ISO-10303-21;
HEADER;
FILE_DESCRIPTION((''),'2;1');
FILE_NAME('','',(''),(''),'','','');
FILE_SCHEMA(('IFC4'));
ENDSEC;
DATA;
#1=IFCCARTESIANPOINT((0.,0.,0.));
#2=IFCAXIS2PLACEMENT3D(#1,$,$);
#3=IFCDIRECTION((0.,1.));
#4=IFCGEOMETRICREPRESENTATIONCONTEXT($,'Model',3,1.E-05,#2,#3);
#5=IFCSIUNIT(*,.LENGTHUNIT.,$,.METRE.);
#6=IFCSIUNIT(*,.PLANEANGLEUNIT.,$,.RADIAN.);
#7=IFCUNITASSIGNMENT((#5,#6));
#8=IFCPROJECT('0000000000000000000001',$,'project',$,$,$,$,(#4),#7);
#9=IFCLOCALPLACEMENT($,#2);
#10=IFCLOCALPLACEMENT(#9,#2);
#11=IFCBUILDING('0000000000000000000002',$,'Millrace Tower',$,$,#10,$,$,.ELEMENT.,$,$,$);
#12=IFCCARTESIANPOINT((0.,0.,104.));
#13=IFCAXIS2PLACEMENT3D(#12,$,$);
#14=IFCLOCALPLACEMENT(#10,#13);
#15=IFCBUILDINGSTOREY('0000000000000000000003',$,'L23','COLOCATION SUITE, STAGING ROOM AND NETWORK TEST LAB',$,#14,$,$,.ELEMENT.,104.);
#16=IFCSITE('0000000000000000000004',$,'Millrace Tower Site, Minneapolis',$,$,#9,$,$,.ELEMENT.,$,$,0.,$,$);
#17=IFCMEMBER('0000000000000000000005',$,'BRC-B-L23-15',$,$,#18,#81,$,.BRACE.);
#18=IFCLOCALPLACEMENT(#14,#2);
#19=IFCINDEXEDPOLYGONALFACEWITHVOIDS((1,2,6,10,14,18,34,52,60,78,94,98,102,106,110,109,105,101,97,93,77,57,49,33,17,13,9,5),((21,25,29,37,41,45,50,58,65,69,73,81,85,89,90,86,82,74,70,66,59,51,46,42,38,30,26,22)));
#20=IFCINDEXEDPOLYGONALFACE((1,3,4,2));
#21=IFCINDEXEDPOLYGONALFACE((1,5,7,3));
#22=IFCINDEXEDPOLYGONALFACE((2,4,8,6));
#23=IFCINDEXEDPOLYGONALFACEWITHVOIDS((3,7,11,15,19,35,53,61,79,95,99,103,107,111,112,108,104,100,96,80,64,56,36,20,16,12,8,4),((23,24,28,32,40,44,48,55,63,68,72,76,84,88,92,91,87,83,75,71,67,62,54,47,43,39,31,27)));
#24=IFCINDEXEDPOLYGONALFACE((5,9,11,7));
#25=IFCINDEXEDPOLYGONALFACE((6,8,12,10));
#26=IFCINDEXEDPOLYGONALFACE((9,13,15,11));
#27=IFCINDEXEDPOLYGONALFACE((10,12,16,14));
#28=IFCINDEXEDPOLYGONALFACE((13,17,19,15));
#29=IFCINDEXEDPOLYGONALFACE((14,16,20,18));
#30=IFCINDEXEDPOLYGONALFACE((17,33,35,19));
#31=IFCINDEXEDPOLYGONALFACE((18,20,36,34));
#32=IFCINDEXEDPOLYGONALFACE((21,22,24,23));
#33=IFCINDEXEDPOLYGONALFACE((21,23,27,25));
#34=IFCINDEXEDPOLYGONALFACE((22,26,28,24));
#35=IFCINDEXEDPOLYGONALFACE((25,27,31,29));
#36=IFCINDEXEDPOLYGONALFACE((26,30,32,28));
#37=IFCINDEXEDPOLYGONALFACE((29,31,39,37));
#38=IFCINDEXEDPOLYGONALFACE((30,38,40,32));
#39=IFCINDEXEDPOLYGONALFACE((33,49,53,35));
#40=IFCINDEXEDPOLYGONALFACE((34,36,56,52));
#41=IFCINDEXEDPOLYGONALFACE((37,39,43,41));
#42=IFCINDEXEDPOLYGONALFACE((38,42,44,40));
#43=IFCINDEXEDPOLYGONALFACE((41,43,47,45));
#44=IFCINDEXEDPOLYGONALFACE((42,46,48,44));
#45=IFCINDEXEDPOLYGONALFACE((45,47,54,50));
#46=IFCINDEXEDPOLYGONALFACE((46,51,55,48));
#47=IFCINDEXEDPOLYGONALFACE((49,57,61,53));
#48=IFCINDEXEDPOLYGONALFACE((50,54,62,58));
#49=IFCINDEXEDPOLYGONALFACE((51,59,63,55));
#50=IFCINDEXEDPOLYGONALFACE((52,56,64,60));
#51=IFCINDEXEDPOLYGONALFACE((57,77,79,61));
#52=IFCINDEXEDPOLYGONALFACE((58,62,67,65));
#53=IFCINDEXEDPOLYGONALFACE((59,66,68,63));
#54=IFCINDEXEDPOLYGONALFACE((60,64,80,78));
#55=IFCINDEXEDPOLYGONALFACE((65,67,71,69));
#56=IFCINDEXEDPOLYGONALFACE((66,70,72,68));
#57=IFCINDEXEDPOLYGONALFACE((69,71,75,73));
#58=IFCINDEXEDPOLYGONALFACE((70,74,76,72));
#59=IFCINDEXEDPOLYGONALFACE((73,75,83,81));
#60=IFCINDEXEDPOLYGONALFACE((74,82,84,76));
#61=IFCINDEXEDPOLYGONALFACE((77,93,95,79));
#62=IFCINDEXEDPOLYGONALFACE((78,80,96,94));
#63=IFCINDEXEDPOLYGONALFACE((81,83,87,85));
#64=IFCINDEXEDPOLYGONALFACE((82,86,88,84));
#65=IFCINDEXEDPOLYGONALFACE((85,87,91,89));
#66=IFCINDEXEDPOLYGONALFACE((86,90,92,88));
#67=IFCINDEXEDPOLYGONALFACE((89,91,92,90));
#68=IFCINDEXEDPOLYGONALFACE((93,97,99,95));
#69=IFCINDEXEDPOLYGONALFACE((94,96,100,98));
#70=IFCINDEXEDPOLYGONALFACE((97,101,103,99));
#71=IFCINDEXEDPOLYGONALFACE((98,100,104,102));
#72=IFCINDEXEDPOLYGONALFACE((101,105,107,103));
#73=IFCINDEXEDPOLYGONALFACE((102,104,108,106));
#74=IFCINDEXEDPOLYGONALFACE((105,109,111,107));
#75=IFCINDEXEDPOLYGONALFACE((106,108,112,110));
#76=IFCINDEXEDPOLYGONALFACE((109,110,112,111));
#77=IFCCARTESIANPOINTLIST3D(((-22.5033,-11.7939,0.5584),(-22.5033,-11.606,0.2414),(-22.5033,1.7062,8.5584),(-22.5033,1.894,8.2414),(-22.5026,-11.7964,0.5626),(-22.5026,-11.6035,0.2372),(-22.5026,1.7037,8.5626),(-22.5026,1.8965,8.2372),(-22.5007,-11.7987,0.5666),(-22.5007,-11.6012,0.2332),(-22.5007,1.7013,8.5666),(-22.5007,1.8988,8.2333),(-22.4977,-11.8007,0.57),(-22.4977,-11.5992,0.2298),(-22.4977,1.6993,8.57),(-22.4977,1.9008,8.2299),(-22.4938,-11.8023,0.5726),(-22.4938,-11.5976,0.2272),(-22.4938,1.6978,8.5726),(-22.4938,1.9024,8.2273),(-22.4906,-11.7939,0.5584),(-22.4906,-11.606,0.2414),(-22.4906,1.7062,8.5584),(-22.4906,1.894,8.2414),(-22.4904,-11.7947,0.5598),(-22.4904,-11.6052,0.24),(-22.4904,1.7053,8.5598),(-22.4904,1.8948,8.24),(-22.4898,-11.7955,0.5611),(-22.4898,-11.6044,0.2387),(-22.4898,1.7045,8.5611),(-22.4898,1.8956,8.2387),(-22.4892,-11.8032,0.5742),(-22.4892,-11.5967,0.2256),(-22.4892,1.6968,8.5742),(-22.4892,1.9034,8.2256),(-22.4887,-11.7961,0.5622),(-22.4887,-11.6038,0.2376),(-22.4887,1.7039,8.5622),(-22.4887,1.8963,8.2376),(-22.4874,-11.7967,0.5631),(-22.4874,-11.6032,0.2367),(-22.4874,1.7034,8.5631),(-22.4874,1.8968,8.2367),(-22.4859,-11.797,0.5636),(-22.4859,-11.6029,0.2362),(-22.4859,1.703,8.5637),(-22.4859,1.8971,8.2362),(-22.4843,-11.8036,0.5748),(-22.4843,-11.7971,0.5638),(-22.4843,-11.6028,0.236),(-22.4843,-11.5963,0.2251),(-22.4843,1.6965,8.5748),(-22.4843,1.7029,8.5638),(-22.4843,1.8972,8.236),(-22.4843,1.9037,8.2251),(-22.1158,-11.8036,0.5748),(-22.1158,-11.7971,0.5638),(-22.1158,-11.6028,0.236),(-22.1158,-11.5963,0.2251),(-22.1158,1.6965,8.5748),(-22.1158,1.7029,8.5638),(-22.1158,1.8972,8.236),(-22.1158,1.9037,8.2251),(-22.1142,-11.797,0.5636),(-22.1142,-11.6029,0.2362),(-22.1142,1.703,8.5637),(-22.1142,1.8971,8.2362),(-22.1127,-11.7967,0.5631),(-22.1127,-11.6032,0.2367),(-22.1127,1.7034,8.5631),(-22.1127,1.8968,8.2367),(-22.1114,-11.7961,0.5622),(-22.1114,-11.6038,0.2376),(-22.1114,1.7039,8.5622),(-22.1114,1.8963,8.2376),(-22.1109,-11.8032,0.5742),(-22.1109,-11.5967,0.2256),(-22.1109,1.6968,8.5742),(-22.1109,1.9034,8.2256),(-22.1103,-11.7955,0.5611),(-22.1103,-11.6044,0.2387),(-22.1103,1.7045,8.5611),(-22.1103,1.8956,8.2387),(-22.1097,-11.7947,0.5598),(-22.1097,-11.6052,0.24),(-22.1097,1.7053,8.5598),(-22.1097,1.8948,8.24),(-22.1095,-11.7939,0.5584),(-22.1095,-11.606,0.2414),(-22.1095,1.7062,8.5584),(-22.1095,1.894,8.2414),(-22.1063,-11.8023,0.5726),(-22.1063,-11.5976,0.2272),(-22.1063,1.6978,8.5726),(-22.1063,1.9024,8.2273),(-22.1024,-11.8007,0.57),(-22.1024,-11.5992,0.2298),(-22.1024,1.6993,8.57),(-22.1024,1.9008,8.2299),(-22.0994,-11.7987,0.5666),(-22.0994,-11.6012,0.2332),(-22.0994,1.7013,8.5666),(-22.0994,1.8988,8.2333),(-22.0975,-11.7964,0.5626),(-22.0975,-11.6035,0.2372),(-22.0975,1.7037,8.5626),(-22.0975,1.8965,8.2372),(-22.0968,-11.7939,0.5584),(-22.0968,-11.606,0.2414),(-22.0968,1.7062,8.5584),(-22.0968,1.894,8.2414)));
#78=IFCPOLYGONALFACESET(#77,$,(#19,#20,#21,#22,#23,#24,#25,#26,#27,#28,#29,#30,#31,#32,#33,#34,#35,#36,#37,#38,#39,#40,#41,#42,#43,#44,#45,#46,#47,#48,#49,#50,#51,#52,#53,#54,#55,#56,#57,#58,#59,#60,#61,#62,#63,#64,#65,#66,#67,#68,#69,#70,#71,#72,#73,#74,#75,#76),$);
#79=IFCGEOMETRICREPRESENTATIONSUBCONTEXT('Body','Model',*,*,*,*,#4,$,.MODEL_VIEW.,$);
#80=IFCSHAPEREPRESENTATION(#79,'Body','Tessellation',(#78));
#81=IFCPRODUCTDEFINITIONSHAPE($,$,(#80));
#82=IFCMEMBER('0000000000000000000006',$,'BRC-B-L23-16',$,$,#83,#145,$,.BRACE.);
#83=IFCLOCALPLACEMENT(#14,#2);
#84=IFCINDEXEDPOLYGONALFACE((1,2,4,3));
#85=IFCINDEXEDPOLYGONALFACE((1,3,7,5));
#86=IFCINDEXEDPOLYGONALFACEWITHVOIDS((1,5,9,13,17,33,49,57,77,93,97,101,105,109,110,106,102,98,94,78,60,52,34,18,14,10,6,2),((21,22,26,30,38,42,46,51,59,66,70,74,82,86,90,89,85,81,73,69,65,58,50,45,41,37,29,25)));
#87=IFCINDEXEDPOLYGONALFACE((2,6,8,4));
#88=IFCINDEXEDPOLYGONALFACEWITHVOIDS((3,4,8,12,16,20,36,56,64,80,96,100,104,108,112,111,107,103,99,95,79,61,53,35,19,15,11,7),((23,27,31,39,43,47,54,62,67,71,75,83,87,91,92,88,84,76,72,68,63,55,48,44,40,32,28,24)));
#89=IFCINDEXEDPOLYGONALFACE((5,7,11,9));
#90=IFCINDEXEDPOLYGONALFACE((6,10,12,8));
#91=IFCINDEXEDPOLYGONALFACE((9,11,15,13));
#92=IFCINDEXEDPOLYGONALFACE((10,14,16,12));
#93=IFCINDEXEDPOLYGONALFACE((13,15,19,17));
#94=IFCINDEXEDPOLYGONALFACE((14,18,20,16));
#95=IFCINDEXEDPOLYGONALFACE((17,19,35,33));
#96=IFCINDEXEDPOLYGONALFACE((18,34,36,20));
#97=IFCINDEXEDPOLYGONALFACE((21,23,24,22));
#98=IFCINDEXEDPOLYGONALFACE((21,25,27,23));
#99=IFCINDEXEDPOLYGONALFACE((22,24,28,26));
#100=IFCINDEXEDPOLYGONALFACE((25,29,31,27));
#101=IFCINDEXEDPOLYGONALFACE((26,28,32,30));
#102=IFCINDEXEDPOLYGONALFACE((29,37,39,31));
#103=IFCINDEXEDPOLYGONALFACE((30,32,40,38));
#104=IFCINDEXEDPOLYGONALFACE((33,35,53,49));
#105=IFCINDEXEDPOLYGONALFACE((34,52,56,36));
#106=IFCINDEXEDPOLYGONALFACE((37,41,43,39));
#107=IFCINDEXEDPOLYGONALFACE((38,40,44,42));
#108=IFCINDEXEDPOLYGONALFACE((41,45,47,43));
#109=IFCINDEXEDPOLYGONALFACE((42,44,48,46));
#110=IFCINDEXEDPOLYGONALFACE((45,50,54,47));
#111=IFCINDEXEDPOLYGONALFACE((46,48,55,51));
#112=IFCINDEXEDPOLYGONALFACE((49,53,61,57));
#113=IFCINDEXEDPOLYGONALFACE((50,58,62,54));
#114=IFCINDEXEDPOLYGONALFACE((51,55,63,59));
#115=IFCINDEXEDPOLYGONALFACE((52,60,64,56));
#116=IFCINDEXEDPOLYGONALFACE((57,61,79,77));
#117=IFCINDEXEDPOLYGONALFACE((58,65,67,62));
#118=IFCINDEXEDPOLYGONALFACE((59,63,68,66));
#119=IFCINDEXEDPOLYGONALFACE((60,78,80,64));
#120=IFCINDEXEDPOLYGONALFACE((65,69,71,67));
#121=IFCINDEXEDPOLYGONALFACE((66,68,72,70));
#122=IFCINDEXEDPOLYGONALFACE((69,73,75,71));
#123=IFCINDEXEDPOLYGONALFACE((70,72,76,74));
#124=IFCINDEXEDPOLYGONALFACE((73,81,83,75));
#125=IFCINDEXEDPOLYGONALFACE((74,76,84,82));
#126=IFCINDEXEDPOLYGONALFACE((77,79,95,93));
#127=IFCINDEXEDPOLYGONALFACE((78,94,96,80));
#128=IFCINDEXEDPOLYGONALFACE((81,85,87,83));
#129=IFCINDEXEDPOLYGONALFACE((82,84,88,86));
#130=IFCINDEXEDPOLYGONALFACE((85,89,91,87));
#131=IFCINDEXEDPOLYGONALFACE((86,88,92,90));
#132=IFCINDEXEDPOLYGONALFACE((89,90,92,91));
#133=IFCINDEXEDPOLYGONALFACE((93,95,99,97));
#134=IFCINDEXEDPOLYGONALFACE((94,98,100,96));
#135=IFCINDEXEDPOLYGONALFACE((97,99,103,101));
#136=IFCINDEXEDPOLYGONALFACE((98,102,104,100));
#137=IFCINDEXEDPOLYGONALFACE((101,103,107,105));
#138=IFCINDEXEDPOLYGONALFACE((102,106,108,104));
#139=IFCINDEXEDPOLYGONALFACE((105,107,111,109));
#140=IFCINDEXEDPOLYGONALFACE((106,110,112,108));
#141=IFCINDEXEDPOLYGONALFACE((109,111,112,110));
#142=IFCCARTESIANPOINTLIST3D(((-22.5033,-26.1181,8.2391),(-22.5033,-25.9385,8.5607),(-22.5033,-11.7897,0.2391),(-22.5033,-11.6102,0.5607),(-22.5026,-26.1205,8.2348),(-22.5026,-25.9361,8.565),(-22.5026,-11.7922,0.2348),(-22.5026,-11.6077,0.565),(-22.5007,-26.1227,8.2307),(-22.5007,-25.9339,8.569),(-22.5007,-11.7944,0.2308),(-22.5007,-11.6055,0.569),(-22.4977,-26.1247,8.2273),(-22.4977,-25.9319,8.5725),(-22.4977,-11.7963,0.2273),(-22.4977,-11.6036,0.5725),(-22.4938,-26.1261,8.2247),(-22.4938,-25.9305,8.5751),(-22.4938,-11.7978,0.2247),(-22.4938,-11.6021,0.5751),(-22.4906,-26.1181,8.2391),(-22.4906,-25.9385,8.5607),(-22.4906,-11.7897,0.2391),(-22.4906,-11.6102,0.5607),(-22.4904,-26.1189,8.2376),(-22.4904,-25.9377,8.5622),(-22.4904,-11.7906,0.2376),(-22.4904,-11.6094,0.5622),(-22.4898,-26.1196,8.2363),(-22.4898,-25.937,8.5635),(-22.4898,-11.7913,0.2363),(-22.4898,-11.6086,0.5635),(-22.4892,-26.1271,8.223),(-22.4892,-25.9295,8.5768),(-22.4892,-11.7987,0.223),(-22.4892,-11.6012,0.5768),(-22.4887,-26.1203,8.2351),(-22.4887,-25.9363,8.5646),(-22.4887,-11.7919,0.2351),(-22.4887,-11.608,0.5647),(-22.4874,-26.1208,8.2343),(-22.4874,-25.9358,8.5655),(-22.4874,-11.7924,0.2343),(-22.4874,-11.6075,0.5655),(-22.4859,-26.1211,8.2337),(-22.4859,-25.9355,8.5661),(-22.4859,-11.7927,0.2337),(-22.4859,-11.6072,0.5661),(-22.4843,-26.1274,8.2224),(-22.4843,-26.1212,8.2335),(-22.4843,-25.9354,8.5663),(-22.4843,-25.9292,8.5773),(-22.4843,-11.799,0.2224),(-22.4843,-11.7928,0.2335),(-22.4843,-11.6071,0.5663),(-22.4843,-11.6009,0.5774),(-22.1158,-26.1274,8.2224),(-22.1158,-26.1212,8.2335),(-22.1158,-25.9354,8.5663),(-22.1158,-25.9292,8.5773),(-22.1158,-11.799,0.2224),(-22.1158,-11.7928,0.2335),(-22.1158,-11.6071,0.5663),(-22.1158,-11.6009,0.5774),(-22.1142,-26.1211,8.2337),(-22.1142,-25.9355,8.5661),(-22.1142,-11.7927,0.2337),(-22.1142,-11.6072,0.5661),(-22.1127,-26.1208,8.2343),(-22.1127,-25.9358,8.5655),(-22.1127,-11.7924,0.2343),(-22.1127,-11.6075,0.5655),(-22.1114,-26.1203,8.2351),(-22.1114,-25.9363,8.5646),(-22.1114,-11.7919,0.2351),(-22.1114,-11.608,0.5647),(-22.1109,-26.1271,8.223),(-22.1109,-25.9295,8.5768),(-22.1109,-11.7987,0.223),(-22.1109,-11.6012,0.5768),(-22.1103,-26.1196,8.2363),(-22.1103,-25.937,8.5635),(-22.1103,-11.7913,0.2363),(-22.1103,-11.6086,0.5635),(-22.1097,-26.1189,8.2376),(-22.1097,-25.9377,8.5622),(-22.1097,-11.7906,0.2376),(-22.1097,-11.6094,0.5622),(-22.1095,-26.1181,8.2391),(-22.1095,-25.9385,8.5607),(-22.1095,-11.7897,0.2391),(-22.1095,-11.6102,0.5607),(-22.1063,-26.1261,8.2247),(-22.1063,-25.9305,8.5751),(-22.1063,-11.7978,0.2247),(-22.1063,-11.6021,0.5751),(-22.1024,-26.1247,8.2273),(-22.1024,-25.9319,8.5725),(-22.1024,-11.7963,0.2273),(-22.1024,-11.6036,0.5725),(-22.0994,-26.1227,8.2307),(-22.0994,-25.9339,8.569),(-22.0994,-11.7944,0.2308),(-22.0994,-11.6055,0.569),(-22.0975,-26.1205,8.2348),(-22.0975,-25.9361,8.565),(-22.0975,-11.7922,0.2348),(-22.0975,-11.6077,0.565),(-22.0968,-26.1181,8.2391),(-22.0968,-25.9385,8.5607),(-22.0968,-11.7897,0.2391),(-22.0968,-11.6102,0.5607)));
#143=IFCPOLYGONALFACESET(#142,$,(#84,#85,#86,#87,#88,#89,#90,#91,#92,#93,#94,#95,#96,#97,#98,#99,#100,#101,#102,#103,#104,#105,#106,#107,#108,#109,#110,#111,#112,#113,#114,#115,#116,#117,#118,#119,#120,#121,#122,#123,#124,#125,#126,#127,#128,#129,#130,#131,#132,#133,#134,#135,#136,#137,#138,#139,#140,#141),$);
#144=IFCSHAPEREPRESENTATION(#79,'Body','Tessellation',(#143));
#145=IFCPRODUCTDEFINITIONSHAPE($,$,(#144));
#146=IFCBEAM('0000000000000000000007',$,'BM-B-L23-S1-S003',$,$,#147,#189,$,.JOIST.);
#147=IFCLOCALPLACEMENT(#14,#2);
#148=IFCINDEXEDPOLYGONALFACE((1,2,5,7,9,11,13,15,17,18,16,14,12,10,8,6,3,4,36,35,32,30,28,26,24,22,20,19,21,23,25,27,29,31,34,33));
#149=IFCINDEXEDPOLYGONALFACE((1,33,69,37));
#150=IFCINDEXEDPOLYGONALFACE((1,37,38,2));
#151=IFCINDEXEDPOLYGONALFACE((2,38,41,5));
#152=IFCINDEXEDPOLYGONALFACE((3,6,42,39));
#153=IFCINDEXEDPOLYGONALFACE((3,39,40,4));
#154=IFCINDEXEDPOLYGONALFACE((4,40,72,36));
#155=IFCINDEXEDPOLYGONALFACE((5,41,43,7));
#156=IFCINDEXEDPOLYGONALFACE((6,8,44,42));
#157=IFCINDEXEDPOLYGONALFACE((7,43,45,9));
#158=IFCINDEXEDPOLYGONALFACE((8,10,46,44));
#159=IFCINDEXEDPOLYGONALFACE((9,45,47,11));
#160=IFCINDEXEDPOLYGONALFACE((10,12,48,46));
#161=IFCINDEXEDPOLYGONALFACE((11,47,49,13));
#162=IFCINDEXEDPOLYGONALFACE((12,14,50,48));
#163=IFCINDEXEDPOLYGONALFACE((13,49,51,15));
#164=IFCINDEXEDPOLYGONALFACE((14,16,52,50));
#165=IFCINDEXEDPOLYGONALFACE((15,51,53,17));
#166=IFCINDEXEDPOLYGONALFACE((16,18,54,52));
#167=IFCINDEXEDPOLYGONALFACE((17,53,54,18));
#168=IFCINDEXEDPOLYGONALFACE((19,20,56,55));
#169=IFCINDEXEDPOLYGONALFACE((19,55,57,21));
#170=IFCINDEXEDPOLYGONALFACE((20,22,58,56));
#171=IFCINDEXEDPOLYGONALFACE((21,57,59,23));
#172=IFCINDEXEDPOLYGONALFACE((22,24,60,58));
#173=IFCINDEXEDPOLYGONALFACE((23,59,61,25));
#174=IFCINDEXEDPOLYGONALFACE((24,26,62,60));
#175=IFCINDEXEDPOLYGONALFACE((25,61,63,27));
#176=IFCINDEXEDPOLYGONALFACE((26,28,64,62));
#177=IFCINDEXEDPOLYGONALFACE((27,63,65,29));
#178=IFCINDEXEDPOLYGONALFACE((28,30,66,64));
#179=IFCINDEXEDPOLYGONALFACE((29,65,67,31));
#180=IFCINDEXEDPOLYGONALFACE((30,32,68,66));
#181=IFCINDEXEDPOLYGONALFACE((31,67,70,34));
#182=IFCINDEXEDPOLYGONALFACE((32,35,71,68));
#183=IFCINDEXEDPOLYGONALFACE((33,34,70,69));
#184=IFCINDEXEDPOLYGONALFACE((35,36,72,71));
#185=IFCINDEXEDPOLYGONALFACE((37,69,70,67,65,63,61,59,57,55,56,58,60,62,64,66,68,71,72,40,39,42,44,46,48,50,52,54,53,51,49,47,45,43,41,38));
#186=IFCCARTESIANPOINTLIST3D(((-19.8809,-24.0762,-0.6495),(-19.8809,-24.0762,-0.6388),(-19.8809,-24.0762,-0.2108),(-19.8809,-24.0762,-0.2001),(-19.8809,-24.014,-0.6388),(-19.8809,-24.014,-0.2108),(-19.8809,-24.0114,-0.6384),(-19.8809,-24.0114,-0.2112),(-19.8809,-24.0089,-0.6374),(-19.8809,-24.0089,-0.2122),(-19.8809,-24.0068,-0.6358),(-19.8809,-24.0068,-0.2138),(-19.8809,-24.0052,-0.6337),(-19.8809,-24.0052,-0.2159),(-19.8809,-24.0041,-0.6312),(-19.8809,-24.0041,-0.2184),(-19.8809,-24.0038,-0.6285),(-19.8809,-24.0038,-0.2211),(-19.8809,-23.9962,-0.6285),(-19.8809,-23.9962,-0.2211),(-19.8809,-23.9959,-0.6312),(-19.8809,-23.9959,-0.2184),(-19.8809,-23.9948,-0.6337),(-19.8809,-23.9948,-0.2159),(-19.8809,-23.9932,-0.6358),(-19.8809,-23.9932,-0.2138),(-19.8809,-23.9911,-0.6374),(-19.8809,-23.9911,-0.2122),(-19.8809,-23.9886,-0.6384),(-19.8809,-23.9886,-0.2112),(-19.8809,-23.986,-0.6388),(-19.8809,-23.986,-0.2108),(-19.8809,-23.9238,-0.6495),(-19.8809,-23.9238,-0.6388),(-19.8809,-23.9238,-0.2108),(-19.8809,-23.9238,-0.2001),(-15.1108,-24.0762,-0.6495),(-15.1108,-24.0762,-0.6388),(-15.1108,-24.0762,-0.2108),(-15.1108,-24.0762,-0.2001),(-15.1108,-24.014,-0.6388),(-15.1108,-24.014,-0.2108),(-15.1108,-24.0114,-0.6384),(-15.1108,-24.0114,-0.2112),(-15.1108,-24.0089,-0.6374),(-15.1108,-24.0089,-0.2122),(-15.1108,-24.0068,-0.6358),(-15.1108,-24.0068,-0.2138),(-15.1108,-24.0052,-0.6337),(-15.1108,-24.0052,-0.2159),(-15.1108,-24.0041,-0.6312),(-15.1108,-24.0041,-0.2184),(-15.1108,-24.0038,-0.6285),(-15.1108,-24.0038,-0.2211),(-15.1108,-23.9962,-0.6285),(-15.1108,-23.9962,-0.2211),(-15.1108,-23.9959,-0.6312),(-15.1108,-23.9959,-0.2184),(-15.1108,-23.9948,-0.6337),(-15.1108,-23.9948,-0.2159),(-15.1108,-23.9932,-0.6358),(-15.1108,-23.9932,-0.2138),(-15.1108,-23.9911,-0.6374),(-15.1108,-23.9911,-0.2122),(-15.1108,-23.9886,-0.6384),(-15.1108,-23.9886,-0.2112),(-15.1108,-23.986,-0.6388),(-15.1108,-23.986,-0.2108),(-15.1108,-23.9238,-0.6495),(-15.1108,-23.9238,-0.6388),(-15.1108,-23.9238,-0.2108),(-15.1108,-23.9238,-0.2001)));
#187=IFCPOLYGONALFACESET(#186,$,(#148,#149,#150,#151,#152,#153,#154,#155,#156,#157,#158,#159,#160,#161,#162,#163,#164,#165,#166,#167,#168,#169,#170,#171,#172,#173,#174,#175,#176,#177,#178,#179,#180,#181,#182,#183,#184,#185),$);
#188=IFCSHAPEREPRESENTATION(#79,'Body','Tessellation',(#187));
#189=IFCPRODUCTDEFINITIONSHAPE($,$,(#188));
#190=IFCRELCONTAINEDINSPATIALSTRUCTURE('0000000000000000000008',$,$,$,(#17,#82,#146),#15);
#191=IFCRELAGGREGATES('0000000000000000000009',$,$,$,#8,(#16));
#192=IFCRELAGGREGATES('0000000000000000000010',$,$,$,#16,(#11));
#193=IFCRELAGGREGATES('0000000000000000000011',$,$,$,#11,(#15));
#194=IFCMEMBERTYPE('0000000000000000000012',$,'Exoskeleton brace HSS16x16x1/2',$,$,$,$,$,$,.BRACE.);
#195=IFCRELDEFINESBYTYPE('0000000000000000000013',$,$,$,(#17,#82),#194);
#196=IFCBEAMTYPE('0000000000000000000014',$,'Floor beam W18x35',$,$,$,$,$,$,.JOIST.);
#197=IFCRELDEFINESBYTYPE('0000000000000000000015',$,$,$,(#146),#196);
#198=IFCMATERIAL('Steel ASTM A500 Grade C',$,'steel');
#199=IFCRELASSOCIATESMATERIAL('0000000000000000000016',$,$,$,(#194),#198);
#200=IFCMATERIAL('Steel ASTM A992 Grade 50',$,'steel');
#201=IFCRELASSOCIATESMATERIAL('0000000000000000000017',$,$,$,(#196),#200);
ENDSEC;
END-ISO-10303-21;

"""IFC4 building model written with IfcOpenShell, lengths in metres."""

from ifc_helpers import new_model, si_unit, direction, frame, origin, origin_2d, place, context, subcontext, project, spatial, hollow_rectangle, i_section, extrude, material, material_profile, profile_set, type_object, element, save


model = new_model("IFC4")

# Units and contexts
model_context = context("Model", 3, precision=1e-05, world=origin(), true_north=direction((0.0, 1.0)))
body_context = subcontext(model_context, "Body", "Model", "MODEL_VIEW")
ifc_project = project(units=[si_unit("LENGTHUNIT", "METRE"), si_unit("PLANEANGLEUNIT", "RADIAN")], contexts=[model_context])

# Site, building, storey
site_placement = place(None, origin())
site = spatial("IfcSite", under=ifc_project, at=site_placement, Name="Millrace Tower Site, Minneapolis", CompositionType="ELEMENT", RefElevation=0.0)
building_placement = place(site_placement, origin())
building = spatial("IfcBuilding", under=site, at=building_placement, Name="Millrace Tower", CompositionType="ELEMENT")
storey_placement = place(building_placement, frame((0.0, 0.0, 104.0)))
storey = spatial("IfcBuildingStorey", under=building, at=storey_placement, Name="L23", Description="COLOCATION SUITE, STAGING ROOM AND NETWORK TEST LAB", CompositionType="ELEMENT", Elevation=104.0)

# Members
ifc_material_1 = material(Name="Steel ASTM A500 Grade C", Category="steel")
ifc_material_profile_1 = material_profile(ifc_material_1, hollow_rectangle(XDim=0.4065, YDim=0.4065, WallThickness=0.0127, InnerFilletRadius=0.0063, OuterFilletRadius=0.019, at=origin_2d()))
ifc_profile_set_1 = profile_set([ifc_material_profile_1], Name="Steel ASTM A500 Grade C")
member_type_1 = type_object("IfcMemberType", Name="Exoskeleton brace HSS16x16x1/2", PredefinedType="BRACE", material=ifc_profile_set_1)
member_1_placement = place(storey_placement, frame((-22.3, -11.7, 0.3999), z_axis=(0.0, 0.860292, 0.509802), x_axis=(-1.0, 0.0, 0.0)))
element("IfcMember", 1, at=member_1_placement, inside=storey, type_object=member_type_1, Name="BRC-B-L23-15", PredefinedType="BRACE", context=body_context, shape_type="SweptSolid", body=[
    extrude(hollow_rectangle(XDim=0.4065, YDim=0.4065, WallThickness=0.0127, InnerFilletRadius=0.0063, OuterFilletRadius=0.019, at=origin_2d()), origin(), (0.0, 0.0, 1.0), 15.6924),
])
member_2_placement = place(storey_placement, frame((-22.3, -11.7, 0.3999), z_axis=(0.0, -0.873126, 0.487495), x_axis=(1.0, 0.0, 0.0)))
element("IfcMember", 2, at=member_2_placement, inside=storey, type_object=member_type_1, Name="BRC-B-L23-16", PredefinedType="BRACE", context=body_context, shape_type="SweptSolid", body=[
    extrude(hollow_rectangle(XDim=0.4065, YDim=0.4065, WallThickness=0.0127, InnerFilletRadius=0.0063, OuterFilletRadius=0.019, at=origin_2d()), origin(), (0.0, 0.0, 1.0), 16.4104),
])

# Beam
ifc_material_2 = material(Name="Steel ASTM A992 Grade 50", Category="steel")
ifc_material_profile_2 = material_profile(ifc_material_2, i_section(OverallWidth=0.1523, OverallDepth=0.4495, WebThickness=0.0076, FlangeThickness=0.0107, FilletRadius=0.0103, at=origin_2d()))
ifc_profile_set_2 = profile_set([ifc_material_profile_2], Name="Steel ASTM A992 Grade 50")
beam_type_1 = type_object("IfcBeamType", Name="Floor beam W18x35", PredefinedType="JOIST", material=ifc_profile_set_2)
for number, where, z_axis, x_axis, name in (
    (3, (-19.8809, -24.0, -0.4248), (1.0, 0.0, 0.0), (0.0, 1.0, 0.0), "BM-B-L23-S1-S003"),
):
    element("IfcBeam", number, at=place(storey_placement, frame(where, z_axis=z_axis, x_axis=x_axis)), inside=storey, type_object=beam_type_1, Name=name, PredefinedType="JOIST", context=body_context, shape_type="SweptSolid", body=[
        extrude(i_section(OverallWidth=0.1523, OverallDepth=0.4495, WebThickness=0.0076, FlangeThickness=0.0107, FilletRadius=0.0103, at=origin_2d()), origin(), (0.0, 0.0, 1.0), 4.77),
    ])

save(model, "model.ifc")
